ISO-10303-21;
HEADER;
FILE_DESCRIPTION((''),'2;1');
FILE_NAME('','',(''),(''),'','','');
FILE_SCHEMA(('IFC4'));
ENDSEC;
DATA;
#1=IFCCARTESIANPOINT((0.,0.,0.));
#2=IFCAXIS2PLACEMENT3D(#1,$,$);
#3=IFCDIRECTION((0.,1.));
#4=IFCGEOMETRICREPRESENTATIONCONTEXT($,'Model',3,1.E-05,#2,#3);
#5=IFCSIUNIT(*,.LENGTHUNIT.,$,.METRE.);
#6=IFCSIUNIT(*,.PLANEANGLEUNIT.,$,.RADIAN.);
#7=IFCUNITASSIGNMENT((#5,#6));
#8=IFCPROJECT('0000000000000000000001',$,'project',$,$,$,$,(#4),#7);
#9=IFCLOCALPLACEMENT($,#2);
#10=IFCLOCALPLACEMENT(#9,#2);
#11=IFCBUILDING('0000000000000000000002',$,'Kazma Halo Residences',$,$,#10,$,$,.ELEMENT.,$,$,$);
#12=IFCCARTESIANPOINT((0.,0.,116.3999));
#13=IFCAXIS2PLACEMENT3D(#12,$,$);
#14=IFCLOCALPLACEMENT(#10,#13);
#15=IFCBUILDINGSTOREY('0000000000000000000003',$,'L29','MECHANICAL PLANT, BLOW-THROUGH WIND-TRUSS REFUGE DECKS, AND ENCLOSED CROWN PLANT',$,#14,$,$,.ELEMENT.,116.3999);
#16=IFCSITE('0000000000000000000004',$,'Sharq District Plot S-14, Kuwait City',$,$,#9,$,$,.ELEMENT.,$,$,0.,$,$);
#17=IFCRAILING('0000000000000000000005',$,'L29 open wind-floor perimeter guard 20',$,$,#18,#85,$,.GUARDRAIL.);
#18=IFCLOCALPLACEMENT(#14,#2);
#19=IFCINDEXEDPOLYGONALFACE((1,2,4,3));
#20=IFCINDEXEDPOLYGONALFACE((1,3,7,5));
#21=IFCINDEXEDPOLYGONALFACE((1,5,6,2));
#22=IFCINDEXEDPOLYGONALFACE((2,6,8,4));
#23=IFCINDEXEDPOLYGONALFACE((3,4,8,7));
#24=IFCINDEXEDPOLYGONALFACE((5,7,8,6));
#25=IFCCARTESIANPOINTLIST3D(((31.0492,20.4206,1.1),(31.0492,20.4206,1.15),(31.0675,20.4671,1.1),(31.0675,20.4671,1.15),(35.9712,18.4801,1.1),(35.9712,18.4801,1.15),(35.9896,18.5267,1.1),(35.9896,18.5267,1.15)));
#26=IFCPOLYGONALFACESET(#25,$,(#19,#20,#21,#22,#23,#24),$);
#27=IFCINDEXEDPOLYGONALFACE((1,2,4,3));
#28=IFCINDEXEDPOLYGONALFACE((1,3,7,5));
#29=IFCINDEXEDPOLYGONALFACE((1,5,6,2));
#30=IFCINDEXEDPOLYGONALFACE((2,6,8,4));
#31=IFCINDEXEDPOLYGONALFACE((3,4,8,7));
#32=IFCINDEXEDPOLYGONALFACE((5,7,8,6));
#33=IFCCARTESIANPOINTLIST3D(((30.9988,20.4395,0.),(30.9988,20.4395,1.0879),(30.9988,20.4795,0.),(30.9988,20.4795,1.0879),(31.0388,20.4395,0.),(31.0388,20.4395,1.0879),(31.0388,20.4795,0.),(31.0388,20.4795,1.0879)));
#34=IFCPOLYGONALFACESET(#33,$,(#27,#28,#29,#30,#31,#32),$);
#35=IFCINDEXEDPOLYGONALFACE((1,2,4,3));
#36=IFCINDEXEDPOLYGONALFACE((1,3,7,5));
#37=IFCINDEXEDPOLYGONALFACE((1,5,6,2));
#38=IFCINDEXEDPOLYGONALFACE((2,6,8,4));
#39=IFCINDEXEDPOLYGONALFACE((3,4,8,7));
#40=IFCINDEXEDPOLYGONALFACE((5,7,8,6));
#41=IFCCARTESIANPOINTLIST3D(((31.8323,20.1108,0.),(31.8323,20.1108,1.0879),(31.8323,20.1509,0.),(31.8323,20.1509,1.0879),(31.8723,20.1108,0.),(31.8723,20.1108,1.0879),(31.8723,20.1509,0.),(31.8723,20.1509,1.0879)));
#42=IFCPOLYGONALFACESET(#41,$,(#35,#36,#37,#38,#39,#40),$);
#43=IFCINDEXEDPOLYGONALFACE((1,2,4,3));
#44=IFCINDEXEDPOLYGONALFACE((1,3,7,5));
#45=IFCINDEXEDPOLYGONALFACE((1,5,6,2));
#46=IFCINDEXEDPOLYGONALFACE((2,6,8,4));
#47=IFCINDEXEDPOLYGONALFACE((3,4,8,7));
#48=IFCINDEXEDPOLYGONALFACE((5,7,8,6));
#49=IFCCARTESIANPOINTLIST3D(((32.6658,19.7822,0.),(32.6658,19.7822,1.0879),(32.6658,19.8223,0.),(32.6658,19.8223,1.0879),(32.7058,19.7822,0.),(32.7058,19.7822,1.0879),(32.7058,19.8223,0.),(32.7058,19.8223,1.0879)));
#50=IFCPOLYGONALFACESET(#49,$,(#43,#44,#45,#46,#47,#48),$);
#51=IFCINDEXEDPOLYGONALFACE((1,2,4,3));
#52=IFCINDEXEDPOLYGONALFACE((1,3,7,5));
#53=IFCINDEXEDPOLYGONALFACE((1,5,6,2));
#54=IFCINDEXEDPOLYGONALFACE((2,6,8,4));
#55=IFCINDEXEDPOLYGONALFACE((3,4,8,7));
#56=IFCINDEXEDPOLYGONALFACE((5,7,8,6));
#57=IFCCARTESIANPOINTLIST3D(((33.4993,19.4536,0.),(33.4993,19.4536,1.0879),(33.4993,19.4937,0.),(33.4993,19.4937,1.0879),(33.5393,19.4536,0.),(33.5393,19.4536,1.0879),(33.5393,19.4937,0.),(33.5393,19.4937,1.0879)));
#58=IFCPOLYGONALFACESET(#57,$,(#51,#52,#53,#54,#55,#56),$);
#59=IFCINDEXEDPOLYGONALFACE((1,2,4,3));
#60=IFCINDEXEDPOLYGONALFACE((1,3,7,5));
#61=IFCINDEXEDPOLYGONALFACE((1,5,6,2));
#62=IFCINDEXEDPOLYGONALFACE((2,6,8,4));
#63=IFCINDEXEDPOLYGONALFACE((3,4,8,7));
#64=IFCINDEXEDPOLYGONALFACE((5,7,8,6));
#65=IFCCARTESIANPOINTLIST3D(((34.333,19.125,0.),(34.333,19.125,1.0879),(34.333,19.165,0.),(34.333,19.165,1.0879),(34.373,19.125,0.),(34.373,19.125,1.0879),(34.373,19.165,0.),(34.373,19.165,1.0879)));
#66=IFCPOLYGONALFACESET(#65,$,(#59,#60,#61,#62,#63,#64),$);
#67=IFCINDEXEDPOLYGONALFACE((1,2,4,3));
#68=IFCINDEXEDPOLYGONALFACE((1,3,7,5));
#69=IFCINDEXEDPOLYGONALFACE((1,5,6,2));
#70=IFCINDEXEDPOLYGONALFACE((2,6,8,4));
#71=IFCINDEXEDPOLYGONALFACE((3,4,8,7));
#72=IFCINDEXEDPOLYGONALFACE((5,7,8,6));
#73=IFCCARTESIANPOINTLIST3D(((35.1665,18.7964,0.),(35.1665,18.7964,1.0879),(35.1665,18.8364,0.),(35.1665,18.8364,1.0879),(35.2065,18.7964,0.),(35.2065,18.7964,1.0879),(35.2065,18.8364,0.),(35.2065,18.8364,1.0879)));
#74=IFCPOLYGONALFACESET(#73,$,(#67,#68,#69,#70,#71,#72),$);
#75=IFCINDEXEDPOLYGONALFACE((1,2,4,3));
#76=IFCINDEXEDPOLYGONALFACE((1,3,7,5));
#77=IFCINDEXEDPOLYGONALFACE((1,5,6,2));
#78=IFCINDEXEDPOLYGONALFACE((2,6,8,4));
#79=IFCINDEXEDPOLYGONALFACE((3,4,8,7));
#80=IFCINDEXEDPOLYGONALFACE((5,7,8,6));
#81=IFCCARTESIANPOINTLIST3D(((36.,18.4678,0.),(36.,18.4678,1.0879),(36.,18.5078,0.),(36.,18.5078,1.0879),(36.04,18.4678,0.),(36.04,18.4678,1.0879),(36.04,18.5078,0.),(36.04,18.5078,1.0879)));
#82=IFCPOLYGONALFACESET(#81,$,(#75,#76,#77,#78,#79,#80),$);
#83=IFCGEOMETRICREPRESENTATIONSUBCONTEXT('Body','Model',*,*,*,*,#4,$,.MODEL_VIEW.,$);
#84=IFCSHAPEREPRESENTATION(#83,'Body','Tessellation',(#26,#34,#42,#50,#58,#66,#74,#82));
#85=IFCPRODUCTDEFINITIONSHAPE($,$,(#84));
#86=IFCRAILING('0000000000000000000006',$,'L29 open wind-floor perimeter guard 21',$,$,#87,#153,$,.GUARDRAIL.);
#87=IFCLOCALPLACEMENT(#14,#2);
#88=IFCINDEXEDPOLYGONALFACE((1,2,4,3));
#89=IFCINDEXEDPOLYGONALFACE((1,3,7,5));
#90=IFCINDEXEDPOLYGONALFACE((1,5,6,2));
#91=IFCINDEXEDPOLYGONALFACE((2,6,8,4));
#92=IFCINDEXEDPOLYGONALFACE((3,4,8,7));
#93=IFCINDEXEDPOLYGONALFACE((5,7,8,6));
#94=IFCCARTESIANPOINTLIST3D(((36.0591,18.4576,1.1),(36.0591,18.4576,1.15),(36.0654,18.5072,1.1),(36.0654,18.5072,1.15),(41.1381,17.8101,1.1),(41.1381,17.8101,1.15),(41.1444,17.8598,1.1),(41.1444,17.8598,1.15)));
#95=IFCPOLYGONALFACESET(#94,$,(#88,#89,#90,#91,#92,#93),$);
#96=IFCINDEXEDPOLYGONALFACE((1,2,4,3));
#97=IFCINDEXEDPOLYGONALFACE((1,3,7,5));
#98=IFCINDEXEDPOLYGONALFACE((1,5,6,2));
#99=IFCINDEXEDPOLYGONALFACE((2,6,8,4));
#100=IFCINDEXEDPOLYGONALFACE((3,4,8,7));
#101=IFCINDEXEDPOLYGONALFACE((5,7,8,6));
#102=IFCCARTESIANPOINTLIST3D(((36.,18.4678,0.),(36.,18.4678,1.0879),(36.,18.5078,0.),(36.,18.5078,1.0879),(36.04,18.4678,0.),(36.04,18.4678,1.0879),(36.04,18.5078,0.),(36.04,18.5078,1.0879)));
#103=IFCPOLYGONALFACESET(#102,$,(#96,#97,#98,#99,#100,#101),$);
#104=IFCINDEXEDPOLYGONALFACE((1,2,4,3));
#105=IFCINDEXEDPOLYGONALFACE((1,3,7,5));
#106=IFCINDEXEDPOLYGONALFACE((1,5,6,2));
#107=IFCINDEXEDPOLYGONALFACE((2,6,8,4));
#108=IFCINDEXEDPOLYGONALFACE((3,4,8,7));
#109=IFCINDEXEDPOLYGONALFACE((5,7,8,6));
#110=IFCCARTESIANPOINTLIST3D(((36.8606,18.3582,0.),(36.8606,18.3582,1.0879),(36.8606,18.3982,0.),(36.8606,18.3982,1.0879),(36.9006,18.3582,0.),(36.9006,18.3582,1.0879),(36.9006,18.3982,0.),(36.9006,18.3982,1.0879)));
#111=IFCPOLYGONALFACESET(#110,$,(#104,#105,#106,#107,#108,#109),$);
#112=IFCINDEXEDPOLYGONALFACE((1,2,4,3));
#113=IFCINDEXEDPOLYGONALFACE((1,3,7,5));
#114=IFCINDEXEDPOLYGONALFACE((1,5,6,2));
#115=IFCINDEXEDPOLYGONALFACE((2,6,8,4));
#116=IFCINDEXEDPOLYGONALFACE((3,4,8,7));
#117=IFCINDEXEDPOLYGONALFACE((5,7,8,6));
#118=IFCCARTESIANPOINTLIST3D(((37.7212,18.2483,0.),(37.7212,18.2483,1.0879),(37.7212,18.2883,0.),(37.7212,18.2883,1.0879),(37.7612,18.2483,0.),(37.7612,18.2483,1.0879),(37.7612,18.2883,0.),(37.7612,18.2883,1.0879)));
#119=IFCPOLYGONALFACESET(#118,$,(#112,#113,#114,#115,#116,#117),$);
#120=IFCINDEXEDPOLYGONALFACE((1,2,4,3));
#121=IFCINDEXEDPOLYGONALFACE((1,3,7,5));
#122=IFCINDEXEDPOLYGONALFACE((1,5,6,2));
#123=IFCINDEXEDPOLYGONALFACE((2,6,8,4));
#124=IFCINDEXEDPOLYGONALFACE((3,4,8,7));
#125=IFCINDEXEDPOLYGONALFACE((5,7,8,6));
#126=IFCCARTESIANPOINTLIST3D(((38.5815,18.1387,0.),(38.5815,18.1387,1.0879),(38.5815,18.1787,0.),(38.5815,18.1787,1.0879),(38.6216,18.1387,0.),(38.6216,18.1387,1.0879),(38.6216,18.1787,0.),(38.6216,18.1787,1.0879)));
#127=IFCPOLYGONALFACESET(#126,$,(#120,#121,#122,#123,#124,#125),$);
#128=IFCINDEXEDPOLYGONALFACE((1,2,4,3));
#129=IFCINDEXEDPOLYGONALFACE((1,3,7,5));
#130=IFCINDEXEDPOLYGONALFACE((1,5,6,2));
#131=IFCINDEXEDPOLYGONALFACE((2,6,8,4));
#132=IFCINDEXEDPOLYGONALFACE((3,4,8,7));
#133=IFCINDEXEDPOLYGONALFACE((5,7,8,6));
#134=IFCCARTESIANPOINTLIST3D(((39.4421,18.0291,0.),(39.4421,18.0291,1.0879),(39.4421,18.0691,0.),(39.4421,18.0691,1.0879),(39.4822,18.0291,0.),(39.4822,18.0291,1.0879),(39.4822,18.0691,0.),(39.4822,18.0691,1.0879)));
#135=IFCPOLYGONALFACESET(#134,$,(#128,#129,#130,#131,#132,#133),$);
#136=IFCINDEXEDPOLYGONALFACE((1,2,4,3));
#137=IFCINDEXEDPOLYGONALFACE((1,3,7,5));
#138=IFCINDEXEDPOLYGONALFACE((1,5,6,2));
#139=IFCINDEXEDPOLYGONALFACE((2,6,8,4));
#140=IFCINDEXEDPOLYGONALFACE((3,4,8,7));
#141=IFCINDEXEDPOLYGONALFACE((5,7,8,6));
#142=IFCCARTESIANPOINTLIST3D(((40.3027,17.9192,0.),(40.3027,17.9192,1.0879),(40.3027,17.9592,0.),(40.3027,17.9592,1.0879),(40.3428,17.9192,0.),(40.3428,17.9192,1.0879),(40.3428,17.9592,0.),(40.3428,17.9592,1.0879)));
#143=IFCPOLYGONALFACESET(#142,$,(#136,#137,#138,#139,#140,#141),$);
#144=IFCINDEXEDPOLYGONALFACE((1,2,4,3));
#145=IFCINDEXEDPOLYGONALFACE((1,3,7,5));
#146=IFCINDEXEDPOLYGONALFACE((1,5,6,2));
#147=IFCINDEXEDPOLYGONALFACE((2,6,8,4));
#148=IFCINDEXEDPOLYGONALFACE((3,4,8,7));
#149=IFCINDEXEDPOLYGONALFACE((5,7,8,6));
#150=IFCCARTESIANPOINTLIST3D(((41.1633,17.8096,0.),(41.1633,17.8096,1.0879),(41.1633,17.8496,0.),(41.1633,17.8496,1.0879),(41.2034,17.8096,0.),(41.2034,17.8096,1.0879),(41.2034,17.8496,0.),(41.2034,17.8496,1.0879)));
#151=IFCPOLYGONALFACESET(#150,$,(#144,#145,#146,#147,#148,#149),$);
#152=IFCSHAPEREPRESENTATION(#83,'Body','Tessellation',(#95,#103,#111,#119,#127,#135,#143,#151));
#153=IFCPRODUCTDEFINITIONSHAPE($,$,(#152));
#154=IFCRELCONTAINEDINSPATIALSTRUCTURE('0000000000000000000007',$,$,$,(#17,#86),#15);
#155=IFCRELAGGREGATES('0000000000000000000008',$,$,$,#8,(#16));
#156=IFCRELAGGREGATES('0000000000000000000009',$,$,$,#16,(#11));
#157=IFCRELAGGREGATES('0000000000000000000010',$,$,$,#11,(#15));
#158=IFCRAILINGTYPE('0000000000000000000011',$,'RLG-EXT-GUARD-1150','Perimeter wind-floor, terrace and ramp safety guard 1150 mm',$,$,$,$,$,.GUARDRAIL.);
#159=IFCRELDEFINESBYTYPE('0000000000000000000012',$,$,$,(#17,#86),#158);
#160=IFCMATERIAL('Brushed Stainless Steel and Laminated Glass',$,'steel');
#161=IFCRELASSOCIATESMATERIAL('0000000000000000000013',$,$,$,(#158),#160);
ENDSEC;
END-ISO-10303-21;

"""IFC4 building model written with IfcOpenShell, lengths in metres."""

from ifc_helpers import new_model, si_unit, direction, frame, origin, origin_2d, place, context, subcontext, project, spatial, rectangle, extrude, material, type_object, element, save


model = new_model("IFC4")

# Units and contexts
model_context = context("Model", 3, precision=1e-05, world=origin(), true_north=direction((0.0, 1.0)))
body_context = subcontext(model_context, "Body", "Model", "MODEL_VIEW")
ifc_project = project(units=[si_unit("LENGTHUNIT", "METRE"), si_unit("PLANEANGLEUNIT", "RADIAN")], contexts=[model_context])

# Site, building, storey
site_placement = place(None, origin())
site = spatial("IfcSite", under=ifc_project, at=site_placement, Name="Sharq District Plot S-14, Kuwait City", CompositionType="ELEMENT", RefElevation=0.0)
building_placement = place(site_placement, origin())
building = spatial("IfcBuilding", under=site, at=building_placement, Name="Kazma Halo Residences", CompositionType="ELEMENT")
storey_placement = place(building_placement, frame((0.0, 0.0, 116.3999)))
storey = spatial("IfcBuildingStorey", under=building, at=storey_placement, Name="L29", Description="MECHANICAL PLANT, BLOW-THROUGH WIND-TRUSS REFUGE DECKS, AND ENCLOSED CROWN PLANT", CompositionType="ELEMENT", Elevation=116.3999)

# Railings
ifc_material_1 = material(Name="Brushed Stainless Steel and Laminated Glass", Category="steel")
railing_type = type_object("IfcRailingType", Name="RLG-EXT-GUARD-1150", Description="Perimeter wind-floor, terrace and ramp safety guard 1150 mm", PredefinedType="GUARDRAIL", material=ifc_material_1)
railing_1_placement = place(storey_placement, frame((31.0188, 20.4595, 0.0)))
element("IfcRailing", 1, at=railing_1_placement, inside=storey, type_object=railing_type, Name="L29 open wind-floor perimeter guard 20", PredefinedType="GUARDRAIL", context=body_context, shape_type="SweptSolid", body=[
    extrude(rectangle(XDim=0.05, YDim=0.05, at=origin_2d()), frame((0.0396, -0.0156, 1.125), z_axis=(0.930313, -0.366766, 0.0), x_axis=(0.366766, 0.930313, 0.0)), (0.0, 0.0, 1.0), 5.2908),
    extrude(rectangle(XDim=0.04, YDim=0.04, at=origin_2d()), origin(), (0.0, 0.0, 1.0), 1.0879),
    extrude(rectangle(XDim=0.04, YDim=0.04, at=origin_2d()), frame((0.8335, -0.3286, 0.0)), (0.0, 0.0, 1.0), 1.0879),
    extrude(rectangle(XDim=0.04, YDim=0.04, at=origin_2d()), frame((1.667, -0.6572, 0.0)), (0.0, 0.0, 1.0), 1.0879),
    extrude(rectangle(XDim=0.04, YDim=0.04, at=origin_2d()), frame((2.5005, -0.9858, 0.0)), (0.0, 0.0, 1.0), 1.0879),
    extrude(rectangle(XDim=0.04, YDim=0.04, at=origin_2d()), frame((3.3342, -1.3145, 0.0)), (0.0, 0.0, 1.0), 1.0879),
    extrude(rectangle(XDim=0.04, YDim=0.04, at=origin_2d()), frame((4.1677, -1.6431, 0.0)), (0.0, 0.0, 1.0), 1.0879),
    extrude(rectangle(XDim=0.04, YDim=0.04, at=origin_2d()), frame((5.0012, -1.9717, 0.0)), (0.0, 0.0, 1.0), 1.0879),
])
railing_2_placement = place(storey_placement, frame((36.02, 18.4878, 0.0)))
element("IfcRailing", 2, at=railing_2_placement, inside=storey, type_object=railing_type, Name="L29 open wind-floor perimeter guard 21", PredefinedType="GUARDRAIL", context=body_context, shape_type="SweptSolid", body=[
    extrude(rectangle(XDim=0.05, YDim=0.05, at=origin_2d()), frame((0.0422, -0.0054, 1.125), z_axis=(0.991973, -0.126453, 0.0), x_axis=(0.126453, 0.991973, 0.0)), (0.0, 0.0, 1.0), 5.1201),
    extrude(rectangle(XDim=0.04, YDim=0.04, at=origin_2d()), origin(), (0.0, 0.0, 1.0), 1.0879),
    extrude(rectangle(XDim=0.04, YDim=0.04, at=origin_2d()), frame((0.8606, -0.1096, 0.0)), (0.0, 0.0, 1.0), 1.0879),
    extrude(rectangle(XDim=0.04, YDim=0.04, at=origin_2d()), frame((1.7212, -0.2195, 0.0)), (0.0, 0.0, 1.0), 1.0879),
    extrude(rectangle(XDim=0.04, YDim=0.04, at=origin_2d()), frame((2.5815, -0.3291, 0.0)), (0.0, 0.0, 1.0), 1.0879),
    extrude(rectangle(XDim=0.04, YDim=0.04, at=origin_2d()), frame((3.4421, -0.4387, 0.0)), (0.0, 0.0, 1.0), 1.0879),
    extrude(rectangle(XDim=0.04, YDim=0.04, at=origin_2d()), frame((4.3027, -0.5486, 0.0)), (0.0, 0.0, 1.0), 1.0879),
    extrude(rectangle(XDim=0.04, YDim=0.04, at=origin_2d()), frame((5.1633, -0.6582, 0.0)), (0.0, 0.0, 1.0), 1.0879),
])

save(model, "model.ifc")
